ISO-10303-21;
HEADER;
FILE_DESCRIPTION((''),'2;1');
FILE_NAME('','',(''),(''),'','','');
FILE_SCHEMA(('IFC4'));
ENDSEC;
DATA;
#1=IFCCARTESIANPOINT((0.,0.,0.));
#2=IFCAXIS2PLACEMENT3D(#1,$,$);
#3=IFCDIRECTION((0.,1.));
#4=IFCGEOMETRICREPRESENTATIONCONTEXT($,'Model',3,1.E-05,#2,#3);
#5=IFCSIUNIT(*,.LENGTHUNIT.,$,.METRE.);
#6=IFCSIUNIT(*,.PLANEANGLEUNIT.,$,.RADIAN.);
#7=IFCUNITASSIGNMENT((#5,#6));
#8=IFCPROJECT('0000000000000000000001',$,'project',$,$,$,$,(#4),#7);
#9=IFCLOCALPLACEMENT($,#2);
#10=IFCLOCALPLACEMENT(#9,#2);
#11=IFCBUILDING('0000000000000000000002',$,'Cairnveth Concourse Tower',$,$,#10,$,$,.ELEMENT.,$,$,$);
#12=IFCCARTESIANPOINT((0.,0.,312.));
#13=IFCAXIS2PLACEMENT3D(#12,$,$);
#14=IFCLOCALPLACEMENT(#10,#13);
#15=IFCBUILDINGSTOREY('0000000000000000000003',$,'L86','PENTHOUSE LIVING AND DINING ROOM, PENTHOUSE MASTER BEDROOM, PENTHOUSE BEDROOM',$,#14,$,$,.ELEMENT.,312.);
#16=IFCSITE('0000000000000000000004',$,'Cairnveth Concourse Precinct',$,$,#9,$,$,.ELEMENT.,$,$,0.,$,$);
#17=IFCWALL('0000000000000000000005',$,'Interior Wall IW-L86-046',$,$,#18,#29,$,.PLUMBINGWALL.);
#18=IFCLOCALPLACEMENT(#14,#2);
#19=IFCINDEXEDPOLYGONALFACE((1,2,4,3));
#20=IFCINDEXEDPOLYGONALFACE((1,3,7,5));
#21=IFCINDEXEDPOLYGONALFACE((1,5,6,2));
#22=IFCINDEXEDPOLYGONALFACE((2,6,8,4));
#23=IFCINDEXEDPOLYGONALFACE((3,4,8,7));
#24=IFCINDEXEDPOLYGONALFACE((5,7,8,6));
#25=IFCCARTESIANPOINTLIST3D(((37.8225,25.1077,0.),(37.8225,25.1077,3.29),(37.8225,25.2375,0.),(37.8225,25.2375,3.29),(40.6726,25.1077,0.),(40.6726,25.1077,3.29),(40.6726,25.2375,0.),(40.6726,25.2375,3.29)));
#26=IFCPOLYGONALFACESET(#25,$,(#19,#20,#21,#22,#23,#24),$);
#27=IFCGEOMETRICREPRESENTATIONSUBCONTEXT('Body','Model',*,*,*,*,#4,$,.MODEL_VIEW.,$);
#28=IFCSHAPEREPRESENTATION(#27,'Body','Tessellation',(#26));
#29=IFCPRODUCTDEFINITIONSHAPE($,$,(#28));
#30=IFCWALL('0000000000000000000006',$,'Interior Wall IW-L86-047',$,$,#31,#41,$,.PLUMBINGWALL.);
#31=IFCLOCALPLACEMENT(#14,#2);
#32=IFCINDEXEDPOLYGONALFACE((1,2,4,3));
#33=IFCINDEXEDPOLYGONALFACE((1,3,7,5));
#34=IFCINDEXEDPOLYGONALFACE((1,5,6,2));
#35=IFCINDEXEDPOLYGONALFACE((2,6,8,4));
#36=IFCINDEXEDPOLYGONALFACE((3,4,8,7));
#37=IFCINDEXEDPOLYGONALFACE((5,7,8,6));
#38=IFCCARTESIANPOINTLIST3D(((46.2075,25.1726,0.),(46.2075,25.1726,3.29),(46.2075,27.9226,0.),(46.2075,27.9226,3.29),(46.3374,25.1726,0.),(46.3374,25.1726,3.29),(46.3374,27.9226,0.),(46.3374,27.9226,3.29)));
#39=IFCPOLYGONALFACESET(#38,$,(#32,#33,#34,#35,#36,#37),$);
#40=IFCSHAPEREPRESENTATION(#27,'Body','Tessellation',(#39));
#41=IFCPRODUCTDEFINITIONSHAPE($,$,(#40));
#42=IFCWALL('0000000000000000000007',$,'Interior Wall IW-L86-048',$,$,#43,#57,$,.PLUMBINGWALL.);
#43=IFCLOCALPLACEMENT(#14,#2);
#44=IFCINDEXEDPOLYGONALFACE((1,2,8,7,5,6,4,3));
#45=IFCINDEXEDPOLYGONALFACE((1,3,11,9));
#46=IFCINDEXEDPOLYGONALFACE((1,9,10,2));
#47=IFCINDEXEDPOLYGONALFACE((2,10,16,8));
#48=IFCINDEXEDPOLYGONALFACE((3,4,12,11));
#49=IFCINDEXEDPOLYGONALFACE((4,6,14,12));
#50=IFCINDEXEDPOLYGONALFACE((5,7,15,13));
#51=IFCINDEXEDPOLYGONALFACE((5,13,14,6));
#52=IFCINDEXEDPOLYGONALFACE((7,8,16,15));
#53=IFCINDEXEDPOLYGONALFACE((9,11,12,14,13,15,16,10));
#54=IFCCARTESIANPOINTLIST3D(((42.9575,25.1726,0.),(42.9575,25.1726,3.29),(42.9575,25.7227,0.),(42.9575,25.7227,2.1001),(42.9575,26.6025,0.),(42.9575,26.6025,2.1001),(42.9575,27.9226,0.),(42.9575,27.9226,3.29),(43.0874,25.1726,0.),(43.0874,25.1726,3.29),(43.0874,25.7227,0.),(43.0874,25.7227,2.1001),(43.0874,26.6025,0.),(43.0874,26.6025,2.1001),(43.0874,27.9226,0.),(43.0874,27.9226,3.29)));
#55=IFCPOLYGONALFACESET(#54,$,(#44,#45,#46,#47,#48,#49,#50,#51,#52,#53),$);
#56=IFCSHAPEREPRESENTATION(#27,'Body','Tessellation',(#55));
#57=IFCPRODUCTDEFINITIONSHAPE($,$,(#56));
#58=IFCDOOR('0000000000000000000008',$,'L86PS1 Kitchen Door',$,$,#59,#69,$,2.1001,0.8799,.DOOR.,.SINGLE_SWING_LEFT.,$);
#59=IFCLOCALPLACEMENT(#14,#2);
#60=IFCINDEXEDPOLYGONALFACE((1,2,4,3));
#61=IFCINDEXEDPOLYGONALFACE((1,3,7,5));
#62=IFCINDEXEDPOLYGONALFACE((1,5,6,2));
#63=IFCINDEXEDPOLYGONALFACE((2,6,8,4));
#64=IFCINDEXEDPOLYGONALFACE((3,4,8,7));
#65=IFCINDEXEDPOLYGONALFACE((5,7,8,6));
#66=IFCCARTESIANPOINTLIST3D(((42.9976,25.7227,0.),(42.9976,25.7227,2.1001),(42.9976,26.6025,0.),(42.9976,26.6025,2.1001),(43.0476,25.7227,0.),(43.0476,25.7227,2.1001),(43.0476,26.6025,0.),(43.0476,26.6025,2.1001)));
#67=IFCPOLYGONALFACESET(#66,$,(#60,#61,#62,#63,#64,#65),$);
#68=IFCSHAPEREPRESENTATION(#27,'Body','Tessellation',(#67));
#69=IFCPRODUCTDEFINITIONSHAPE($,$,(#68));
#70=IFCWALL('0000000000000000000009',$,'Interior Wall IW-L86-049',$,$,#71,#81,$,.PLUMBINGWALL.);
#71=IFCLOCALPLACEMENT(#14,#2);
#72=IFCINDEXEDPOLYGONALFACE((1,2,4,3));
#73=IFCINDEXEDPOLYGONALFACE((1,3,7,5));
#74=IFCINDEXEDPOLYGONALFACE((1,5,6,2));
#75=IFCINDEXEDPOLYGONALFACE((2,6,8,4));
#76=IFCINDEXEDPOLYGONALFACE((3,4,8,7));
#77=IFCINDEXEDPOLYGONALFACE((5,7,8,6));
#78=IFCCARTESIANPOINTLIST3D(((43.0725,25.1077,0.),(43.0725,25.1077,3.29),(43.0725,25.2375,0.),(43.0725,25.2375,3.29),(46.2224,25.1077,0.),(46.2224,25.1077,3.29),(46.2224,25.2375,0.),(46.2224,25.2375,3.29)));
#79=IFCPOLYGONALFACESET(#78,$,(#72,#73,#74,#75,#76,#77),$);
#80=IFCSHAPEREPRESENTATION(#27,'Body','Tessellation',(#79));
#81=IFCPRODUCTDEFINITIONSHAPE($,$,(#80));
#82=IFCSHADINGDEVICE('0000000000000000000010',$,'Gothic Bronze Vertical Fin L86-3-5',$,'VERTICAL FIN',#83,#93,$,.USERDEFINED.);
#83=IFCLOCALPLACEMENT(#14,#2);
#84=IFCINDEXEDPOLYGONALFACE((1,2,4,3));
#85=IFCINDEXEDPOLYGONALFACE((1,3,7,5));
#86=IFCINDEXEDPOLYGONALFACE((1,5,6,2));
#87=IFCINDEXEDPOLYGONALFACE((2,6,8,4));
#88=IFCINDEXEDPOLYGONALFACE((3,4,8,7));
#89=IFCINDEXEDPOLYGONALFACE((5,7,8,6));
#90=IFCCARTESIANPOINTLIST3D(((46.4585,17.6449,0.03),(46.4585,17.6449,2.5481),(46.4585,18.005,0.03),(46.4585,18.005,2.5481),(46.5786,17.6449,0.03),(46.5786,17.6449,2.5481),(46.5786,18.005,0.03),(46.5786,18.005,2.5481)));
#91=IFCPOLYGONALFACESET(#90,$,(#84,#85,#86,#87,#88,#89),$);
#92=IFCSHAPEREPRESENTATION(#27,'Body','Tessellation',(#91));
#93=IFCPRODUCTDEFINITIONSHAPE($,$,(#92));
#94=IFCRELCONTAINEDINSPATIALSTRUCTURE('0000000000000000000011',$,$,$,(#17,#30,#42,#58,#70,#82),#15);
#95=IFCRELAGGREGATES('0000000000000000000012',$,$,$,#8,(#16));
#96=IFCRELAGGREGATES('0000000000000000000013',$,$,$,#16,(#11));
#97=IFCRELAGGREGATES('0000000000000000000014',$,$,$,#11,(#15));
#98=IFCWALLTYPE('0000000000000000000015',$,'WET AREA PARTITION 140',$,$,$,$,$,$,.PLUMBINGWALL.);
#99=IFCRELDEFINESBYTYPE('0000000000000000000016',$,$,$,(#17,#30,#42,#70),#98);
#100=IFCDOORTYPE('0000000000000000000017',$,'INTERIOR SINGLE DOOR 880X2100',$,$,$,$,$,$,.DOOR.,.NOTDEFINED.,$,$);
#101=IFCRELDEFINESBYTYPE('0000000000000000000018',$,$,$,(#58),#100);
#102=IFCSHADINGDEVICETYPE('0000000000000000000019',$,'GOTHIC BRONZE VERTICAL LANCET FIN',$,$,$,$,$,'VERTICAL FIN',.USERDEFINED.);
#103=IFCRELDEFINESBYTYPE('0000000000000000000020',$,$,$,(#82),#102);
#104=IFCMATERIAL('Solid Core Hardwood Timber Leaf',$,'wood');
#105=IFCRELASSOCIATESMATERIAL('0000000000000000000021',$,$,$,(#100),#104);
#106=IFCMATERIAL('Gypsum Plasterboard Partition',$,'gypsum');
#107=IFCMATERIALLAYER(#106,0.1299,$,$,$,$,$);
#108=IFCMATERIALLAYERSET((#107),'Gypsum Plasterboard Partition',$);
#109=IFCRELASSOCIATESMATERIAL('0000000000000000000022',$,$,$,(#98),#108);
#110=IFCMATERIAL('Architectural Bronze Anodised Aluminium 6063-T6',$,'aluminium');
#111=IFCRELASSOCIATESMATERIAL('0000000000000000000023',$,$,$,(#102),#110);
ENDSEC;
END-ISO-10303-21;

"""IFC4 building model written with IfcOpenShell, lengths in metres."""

from ifc_helpers import new_model, si_unit, direction, frame, frame_2d, origin, origin_2d, place, context, subcontext, project, spatial, rectangle, extrude, material, layer, layer_set, type_object, element, fill, save


model = new_model("IFC4")

# Units and contexts
model_context = context("Model", 3, precision=1e-05, world=origin(), true_north=direction((0.0, 1.0)))
body_context = subcontext(model_context, "Body", "Model", "MODEL_VIEW")
ifc_project = project(units=[si_unit("LENGTHUNIT", "METRE"), si_unit("PLANEANGLEUNIT", "RADIAN")], contexts=[model_context])

# Site, building, storey
site_placement = place(None, origin())
site = spatial("IfcSite", under=ifc_project, at=site_placement, Name="Cairnveth Concourse Precinct", CompositionType="ELEMENT", RefElevation=0.0)
building_placement = place(site_placement, origin())
building = spatial("IfcBuilding", under=site, at=building_placement, Name="Cairnveth Concourse Tower", CompositionType="ELEMENT")
storey_placement = place(building_placement, frame((0.0, 0.0, 312.0)))
storey = spatial("IfcBuildingStorey", under=building, at=storey_placement, Name="L86", Description="PENTHOUSE LIVING AND DINING ROOM, PENTHOUSE MASTER BEDROOM, PENTHOUSE BEDROOM", CompositionType="ELEMENT", Elevation=312.0)

# Shared definitions
ifc_material_1 = material(Name="Gypsum Plasterboard Partition", Category="gypsum")
ifc_material_2 = material(Name="Solid Core Hardwood Timber Leaf", Category="wood")
door_type_1 = type_object("IfcDoorType", Name="INTERIOR SINGLE DOOR 880X2100", OperationType="NOTDEFINED", PredefinedType="DOOR", material=ifc_material_2)

# Shared definitions
ifc_layer_1 = layer(ifc_material_1, 0.1299)
ifc_layer_set_1 = layer_set([ifc_layer_1], Name="Gypsum Plasterboard Partition")
wall_type_1 = type_object("IfcWallType", Name="WET AREA PARTITION 140", PredefinedType="PLUMBINGWALL", material=ifc_layer_set_1)

# Walls
wall_1_placement = place(storey_placement, frame((37.8225, 25.1726, 0.0), z_axis=(0.0, 0.0, 1.0), x_axis=(1.0, 0.0, 0.0)))
element("IfcWall", 1, at=wall_1_placement, inside=storey, type_object=wall_type_1, Name="Interior Wall IW-L86-046", PredefinedType="PLUMBINGWALL", context=body_context, shape_type="SweptSolid", body=[
    extrude(rectangle(XDim=2.8501, YDim=0.1299, at=frame_2d((1.425, 0.0))), origin(), (0.0, 0.0, 1.0), 3.29),
])
wall_2_placement = place(storey_placement, frame((46.2725, 25.1726, 0.0), z_axis=(0.0, 0.0, 1.0), x_axis=(0.0, 1.0, 0.0)))
element("IfcWall", 2, at=wall_2_placement, inside=storey, type_object=wall_type_1, Name="Interior Wall IW-L86-047", PredefinedType="PLUMBINGWALL", context=body_context, shape_type="SweptSolid", body=[
    extrude(rectangle(XDim=2.75, YDim=0.1299, at=frame_2d((1.375, 0.0))), origin(), (0.0, 0.0, 1.0), 3.29),
])

# Wall, opening, door
wall_3_placement = place(storey_placement, frame((43.0225, 25.1726, 0.0), z_axis=(0.0, 0.0, 1.0), x_axis=(0.0, 1.0, 0.0)))
wall_3 = element("IfcWall", 3, at=wall_3_placement, inside=storey, type_object=wall_type_1, Name="Interior Wall IW-L86-048", PredefinedType="PLUMBINGWALL", context=body_context, shape_type="SweptSolid", body=[
    extrude(rectangle(XDim=2.75, YDim=0.1299, at=frame_2d((1.375, 0.0))), origin(), (0.0, 0.0, 1.0), 3.29),
])
opening_1_placement = place(wall_3_placement, frame((0.55, 0.0, 0.0)))
opening_1 = element("IfcOpeningElement", 4, at=opening_1_placement, cuts=wall_3, PredefinedType="OPENING", context=body_context, shape_type="SweptSolid", body=[
    extrude(rectangle(XDim=0.8799, YDim=2.1001, at=frame_2d((0.4399, 1.05))), frame((0.0, 0.075, 0.0), z_axis=(0.0, -1.0, 0.0), x_axis=(1.0, 0.0, 0.0)), (0.0, 0.0, 1.0), 0.1499),
])
door_1_placement = place(opening_1_placement, origin())
door_1 = element("IfcDoor", 5, at=door_1_placement, inside=storey, type_object=door_type_1, Name="L86PS1 Kitchen Door", OperationType="SINGLE_SWING_LEFT", OverallHeight=2.1001, OverallWidth=0.8799, PredefinedType="DOOR", context=body_context, shape_type="SweptSolid", body=[
    extrude(rectangle(XDim=0.8799, YDim=2.1001, at=frame_2d((0.4399, 1.05))), frame((0.0, 0.0249, 0.0), z_axis=(0.0, -1.0, 0.0), x_axis=(1.0, 0.0, 0.0)), (0.0, 0.0, 1.0), 0.05),
])
fill(opening_1, door_1)

# Wall
wall_4_placement = place(storey_placement, frame((43.0725, 25.1726, 0.0), z_axis=(0.0, 0.0, 1.0), x_axis=(1.0, 0.0, 0.0)))
element("IfcWall", 6, at=wall_4_placement, inside=storey, type_object=wall_type_1, Name="Interior Wall IW-L86-049", PredefinedType="PLUMBINGWALL", context=body_context, shape_type="SweptSolid", body=[
    extrude(rectangle(XDim=3.1499, YDim=0.1299, at=frame_2d((1.575, 0.0))), origin(), (0.0, 0.0, 1.0), 3.29),
])

# Shading device
ifc_material_3 = material(Name="Architectural Bronze Anodised Aluminium 6063-T6", Category="aluminium")
shading_device_type = type_object("IfcShadingDeviceType", Name="GOTHIC BRONZE VERTICAL LANCET FIN", ElementType="VERTICAL FIN", PredefinedType="USERDEFINED", material=ifc_material_3)
shading_device_placement = place(storey_placement, frame((46.5186, 17.825, 0.03), z_axis=(0.0, 0.0, 1.0), x_axis=(1.0, 0.0, 0.0)))
element("IfcShadingDevice", 7, at=shading_device_placement, inside=storey, type_object=shading_device_type, Name="Gothic Bronze Vertical Fin L86-3-5", ObjectType="VERTICAL FIN", PredefinedType="USERDEFINED", context=body_context, shape_type="SweptSolid", body=[
    extrude(rectangle(XDim=0.1201, YDim=0.3601, at=origin_2d()), origin(), (0.0, 0.0, 1.0), 2.5181),
])

save(model, "model.ifc")
